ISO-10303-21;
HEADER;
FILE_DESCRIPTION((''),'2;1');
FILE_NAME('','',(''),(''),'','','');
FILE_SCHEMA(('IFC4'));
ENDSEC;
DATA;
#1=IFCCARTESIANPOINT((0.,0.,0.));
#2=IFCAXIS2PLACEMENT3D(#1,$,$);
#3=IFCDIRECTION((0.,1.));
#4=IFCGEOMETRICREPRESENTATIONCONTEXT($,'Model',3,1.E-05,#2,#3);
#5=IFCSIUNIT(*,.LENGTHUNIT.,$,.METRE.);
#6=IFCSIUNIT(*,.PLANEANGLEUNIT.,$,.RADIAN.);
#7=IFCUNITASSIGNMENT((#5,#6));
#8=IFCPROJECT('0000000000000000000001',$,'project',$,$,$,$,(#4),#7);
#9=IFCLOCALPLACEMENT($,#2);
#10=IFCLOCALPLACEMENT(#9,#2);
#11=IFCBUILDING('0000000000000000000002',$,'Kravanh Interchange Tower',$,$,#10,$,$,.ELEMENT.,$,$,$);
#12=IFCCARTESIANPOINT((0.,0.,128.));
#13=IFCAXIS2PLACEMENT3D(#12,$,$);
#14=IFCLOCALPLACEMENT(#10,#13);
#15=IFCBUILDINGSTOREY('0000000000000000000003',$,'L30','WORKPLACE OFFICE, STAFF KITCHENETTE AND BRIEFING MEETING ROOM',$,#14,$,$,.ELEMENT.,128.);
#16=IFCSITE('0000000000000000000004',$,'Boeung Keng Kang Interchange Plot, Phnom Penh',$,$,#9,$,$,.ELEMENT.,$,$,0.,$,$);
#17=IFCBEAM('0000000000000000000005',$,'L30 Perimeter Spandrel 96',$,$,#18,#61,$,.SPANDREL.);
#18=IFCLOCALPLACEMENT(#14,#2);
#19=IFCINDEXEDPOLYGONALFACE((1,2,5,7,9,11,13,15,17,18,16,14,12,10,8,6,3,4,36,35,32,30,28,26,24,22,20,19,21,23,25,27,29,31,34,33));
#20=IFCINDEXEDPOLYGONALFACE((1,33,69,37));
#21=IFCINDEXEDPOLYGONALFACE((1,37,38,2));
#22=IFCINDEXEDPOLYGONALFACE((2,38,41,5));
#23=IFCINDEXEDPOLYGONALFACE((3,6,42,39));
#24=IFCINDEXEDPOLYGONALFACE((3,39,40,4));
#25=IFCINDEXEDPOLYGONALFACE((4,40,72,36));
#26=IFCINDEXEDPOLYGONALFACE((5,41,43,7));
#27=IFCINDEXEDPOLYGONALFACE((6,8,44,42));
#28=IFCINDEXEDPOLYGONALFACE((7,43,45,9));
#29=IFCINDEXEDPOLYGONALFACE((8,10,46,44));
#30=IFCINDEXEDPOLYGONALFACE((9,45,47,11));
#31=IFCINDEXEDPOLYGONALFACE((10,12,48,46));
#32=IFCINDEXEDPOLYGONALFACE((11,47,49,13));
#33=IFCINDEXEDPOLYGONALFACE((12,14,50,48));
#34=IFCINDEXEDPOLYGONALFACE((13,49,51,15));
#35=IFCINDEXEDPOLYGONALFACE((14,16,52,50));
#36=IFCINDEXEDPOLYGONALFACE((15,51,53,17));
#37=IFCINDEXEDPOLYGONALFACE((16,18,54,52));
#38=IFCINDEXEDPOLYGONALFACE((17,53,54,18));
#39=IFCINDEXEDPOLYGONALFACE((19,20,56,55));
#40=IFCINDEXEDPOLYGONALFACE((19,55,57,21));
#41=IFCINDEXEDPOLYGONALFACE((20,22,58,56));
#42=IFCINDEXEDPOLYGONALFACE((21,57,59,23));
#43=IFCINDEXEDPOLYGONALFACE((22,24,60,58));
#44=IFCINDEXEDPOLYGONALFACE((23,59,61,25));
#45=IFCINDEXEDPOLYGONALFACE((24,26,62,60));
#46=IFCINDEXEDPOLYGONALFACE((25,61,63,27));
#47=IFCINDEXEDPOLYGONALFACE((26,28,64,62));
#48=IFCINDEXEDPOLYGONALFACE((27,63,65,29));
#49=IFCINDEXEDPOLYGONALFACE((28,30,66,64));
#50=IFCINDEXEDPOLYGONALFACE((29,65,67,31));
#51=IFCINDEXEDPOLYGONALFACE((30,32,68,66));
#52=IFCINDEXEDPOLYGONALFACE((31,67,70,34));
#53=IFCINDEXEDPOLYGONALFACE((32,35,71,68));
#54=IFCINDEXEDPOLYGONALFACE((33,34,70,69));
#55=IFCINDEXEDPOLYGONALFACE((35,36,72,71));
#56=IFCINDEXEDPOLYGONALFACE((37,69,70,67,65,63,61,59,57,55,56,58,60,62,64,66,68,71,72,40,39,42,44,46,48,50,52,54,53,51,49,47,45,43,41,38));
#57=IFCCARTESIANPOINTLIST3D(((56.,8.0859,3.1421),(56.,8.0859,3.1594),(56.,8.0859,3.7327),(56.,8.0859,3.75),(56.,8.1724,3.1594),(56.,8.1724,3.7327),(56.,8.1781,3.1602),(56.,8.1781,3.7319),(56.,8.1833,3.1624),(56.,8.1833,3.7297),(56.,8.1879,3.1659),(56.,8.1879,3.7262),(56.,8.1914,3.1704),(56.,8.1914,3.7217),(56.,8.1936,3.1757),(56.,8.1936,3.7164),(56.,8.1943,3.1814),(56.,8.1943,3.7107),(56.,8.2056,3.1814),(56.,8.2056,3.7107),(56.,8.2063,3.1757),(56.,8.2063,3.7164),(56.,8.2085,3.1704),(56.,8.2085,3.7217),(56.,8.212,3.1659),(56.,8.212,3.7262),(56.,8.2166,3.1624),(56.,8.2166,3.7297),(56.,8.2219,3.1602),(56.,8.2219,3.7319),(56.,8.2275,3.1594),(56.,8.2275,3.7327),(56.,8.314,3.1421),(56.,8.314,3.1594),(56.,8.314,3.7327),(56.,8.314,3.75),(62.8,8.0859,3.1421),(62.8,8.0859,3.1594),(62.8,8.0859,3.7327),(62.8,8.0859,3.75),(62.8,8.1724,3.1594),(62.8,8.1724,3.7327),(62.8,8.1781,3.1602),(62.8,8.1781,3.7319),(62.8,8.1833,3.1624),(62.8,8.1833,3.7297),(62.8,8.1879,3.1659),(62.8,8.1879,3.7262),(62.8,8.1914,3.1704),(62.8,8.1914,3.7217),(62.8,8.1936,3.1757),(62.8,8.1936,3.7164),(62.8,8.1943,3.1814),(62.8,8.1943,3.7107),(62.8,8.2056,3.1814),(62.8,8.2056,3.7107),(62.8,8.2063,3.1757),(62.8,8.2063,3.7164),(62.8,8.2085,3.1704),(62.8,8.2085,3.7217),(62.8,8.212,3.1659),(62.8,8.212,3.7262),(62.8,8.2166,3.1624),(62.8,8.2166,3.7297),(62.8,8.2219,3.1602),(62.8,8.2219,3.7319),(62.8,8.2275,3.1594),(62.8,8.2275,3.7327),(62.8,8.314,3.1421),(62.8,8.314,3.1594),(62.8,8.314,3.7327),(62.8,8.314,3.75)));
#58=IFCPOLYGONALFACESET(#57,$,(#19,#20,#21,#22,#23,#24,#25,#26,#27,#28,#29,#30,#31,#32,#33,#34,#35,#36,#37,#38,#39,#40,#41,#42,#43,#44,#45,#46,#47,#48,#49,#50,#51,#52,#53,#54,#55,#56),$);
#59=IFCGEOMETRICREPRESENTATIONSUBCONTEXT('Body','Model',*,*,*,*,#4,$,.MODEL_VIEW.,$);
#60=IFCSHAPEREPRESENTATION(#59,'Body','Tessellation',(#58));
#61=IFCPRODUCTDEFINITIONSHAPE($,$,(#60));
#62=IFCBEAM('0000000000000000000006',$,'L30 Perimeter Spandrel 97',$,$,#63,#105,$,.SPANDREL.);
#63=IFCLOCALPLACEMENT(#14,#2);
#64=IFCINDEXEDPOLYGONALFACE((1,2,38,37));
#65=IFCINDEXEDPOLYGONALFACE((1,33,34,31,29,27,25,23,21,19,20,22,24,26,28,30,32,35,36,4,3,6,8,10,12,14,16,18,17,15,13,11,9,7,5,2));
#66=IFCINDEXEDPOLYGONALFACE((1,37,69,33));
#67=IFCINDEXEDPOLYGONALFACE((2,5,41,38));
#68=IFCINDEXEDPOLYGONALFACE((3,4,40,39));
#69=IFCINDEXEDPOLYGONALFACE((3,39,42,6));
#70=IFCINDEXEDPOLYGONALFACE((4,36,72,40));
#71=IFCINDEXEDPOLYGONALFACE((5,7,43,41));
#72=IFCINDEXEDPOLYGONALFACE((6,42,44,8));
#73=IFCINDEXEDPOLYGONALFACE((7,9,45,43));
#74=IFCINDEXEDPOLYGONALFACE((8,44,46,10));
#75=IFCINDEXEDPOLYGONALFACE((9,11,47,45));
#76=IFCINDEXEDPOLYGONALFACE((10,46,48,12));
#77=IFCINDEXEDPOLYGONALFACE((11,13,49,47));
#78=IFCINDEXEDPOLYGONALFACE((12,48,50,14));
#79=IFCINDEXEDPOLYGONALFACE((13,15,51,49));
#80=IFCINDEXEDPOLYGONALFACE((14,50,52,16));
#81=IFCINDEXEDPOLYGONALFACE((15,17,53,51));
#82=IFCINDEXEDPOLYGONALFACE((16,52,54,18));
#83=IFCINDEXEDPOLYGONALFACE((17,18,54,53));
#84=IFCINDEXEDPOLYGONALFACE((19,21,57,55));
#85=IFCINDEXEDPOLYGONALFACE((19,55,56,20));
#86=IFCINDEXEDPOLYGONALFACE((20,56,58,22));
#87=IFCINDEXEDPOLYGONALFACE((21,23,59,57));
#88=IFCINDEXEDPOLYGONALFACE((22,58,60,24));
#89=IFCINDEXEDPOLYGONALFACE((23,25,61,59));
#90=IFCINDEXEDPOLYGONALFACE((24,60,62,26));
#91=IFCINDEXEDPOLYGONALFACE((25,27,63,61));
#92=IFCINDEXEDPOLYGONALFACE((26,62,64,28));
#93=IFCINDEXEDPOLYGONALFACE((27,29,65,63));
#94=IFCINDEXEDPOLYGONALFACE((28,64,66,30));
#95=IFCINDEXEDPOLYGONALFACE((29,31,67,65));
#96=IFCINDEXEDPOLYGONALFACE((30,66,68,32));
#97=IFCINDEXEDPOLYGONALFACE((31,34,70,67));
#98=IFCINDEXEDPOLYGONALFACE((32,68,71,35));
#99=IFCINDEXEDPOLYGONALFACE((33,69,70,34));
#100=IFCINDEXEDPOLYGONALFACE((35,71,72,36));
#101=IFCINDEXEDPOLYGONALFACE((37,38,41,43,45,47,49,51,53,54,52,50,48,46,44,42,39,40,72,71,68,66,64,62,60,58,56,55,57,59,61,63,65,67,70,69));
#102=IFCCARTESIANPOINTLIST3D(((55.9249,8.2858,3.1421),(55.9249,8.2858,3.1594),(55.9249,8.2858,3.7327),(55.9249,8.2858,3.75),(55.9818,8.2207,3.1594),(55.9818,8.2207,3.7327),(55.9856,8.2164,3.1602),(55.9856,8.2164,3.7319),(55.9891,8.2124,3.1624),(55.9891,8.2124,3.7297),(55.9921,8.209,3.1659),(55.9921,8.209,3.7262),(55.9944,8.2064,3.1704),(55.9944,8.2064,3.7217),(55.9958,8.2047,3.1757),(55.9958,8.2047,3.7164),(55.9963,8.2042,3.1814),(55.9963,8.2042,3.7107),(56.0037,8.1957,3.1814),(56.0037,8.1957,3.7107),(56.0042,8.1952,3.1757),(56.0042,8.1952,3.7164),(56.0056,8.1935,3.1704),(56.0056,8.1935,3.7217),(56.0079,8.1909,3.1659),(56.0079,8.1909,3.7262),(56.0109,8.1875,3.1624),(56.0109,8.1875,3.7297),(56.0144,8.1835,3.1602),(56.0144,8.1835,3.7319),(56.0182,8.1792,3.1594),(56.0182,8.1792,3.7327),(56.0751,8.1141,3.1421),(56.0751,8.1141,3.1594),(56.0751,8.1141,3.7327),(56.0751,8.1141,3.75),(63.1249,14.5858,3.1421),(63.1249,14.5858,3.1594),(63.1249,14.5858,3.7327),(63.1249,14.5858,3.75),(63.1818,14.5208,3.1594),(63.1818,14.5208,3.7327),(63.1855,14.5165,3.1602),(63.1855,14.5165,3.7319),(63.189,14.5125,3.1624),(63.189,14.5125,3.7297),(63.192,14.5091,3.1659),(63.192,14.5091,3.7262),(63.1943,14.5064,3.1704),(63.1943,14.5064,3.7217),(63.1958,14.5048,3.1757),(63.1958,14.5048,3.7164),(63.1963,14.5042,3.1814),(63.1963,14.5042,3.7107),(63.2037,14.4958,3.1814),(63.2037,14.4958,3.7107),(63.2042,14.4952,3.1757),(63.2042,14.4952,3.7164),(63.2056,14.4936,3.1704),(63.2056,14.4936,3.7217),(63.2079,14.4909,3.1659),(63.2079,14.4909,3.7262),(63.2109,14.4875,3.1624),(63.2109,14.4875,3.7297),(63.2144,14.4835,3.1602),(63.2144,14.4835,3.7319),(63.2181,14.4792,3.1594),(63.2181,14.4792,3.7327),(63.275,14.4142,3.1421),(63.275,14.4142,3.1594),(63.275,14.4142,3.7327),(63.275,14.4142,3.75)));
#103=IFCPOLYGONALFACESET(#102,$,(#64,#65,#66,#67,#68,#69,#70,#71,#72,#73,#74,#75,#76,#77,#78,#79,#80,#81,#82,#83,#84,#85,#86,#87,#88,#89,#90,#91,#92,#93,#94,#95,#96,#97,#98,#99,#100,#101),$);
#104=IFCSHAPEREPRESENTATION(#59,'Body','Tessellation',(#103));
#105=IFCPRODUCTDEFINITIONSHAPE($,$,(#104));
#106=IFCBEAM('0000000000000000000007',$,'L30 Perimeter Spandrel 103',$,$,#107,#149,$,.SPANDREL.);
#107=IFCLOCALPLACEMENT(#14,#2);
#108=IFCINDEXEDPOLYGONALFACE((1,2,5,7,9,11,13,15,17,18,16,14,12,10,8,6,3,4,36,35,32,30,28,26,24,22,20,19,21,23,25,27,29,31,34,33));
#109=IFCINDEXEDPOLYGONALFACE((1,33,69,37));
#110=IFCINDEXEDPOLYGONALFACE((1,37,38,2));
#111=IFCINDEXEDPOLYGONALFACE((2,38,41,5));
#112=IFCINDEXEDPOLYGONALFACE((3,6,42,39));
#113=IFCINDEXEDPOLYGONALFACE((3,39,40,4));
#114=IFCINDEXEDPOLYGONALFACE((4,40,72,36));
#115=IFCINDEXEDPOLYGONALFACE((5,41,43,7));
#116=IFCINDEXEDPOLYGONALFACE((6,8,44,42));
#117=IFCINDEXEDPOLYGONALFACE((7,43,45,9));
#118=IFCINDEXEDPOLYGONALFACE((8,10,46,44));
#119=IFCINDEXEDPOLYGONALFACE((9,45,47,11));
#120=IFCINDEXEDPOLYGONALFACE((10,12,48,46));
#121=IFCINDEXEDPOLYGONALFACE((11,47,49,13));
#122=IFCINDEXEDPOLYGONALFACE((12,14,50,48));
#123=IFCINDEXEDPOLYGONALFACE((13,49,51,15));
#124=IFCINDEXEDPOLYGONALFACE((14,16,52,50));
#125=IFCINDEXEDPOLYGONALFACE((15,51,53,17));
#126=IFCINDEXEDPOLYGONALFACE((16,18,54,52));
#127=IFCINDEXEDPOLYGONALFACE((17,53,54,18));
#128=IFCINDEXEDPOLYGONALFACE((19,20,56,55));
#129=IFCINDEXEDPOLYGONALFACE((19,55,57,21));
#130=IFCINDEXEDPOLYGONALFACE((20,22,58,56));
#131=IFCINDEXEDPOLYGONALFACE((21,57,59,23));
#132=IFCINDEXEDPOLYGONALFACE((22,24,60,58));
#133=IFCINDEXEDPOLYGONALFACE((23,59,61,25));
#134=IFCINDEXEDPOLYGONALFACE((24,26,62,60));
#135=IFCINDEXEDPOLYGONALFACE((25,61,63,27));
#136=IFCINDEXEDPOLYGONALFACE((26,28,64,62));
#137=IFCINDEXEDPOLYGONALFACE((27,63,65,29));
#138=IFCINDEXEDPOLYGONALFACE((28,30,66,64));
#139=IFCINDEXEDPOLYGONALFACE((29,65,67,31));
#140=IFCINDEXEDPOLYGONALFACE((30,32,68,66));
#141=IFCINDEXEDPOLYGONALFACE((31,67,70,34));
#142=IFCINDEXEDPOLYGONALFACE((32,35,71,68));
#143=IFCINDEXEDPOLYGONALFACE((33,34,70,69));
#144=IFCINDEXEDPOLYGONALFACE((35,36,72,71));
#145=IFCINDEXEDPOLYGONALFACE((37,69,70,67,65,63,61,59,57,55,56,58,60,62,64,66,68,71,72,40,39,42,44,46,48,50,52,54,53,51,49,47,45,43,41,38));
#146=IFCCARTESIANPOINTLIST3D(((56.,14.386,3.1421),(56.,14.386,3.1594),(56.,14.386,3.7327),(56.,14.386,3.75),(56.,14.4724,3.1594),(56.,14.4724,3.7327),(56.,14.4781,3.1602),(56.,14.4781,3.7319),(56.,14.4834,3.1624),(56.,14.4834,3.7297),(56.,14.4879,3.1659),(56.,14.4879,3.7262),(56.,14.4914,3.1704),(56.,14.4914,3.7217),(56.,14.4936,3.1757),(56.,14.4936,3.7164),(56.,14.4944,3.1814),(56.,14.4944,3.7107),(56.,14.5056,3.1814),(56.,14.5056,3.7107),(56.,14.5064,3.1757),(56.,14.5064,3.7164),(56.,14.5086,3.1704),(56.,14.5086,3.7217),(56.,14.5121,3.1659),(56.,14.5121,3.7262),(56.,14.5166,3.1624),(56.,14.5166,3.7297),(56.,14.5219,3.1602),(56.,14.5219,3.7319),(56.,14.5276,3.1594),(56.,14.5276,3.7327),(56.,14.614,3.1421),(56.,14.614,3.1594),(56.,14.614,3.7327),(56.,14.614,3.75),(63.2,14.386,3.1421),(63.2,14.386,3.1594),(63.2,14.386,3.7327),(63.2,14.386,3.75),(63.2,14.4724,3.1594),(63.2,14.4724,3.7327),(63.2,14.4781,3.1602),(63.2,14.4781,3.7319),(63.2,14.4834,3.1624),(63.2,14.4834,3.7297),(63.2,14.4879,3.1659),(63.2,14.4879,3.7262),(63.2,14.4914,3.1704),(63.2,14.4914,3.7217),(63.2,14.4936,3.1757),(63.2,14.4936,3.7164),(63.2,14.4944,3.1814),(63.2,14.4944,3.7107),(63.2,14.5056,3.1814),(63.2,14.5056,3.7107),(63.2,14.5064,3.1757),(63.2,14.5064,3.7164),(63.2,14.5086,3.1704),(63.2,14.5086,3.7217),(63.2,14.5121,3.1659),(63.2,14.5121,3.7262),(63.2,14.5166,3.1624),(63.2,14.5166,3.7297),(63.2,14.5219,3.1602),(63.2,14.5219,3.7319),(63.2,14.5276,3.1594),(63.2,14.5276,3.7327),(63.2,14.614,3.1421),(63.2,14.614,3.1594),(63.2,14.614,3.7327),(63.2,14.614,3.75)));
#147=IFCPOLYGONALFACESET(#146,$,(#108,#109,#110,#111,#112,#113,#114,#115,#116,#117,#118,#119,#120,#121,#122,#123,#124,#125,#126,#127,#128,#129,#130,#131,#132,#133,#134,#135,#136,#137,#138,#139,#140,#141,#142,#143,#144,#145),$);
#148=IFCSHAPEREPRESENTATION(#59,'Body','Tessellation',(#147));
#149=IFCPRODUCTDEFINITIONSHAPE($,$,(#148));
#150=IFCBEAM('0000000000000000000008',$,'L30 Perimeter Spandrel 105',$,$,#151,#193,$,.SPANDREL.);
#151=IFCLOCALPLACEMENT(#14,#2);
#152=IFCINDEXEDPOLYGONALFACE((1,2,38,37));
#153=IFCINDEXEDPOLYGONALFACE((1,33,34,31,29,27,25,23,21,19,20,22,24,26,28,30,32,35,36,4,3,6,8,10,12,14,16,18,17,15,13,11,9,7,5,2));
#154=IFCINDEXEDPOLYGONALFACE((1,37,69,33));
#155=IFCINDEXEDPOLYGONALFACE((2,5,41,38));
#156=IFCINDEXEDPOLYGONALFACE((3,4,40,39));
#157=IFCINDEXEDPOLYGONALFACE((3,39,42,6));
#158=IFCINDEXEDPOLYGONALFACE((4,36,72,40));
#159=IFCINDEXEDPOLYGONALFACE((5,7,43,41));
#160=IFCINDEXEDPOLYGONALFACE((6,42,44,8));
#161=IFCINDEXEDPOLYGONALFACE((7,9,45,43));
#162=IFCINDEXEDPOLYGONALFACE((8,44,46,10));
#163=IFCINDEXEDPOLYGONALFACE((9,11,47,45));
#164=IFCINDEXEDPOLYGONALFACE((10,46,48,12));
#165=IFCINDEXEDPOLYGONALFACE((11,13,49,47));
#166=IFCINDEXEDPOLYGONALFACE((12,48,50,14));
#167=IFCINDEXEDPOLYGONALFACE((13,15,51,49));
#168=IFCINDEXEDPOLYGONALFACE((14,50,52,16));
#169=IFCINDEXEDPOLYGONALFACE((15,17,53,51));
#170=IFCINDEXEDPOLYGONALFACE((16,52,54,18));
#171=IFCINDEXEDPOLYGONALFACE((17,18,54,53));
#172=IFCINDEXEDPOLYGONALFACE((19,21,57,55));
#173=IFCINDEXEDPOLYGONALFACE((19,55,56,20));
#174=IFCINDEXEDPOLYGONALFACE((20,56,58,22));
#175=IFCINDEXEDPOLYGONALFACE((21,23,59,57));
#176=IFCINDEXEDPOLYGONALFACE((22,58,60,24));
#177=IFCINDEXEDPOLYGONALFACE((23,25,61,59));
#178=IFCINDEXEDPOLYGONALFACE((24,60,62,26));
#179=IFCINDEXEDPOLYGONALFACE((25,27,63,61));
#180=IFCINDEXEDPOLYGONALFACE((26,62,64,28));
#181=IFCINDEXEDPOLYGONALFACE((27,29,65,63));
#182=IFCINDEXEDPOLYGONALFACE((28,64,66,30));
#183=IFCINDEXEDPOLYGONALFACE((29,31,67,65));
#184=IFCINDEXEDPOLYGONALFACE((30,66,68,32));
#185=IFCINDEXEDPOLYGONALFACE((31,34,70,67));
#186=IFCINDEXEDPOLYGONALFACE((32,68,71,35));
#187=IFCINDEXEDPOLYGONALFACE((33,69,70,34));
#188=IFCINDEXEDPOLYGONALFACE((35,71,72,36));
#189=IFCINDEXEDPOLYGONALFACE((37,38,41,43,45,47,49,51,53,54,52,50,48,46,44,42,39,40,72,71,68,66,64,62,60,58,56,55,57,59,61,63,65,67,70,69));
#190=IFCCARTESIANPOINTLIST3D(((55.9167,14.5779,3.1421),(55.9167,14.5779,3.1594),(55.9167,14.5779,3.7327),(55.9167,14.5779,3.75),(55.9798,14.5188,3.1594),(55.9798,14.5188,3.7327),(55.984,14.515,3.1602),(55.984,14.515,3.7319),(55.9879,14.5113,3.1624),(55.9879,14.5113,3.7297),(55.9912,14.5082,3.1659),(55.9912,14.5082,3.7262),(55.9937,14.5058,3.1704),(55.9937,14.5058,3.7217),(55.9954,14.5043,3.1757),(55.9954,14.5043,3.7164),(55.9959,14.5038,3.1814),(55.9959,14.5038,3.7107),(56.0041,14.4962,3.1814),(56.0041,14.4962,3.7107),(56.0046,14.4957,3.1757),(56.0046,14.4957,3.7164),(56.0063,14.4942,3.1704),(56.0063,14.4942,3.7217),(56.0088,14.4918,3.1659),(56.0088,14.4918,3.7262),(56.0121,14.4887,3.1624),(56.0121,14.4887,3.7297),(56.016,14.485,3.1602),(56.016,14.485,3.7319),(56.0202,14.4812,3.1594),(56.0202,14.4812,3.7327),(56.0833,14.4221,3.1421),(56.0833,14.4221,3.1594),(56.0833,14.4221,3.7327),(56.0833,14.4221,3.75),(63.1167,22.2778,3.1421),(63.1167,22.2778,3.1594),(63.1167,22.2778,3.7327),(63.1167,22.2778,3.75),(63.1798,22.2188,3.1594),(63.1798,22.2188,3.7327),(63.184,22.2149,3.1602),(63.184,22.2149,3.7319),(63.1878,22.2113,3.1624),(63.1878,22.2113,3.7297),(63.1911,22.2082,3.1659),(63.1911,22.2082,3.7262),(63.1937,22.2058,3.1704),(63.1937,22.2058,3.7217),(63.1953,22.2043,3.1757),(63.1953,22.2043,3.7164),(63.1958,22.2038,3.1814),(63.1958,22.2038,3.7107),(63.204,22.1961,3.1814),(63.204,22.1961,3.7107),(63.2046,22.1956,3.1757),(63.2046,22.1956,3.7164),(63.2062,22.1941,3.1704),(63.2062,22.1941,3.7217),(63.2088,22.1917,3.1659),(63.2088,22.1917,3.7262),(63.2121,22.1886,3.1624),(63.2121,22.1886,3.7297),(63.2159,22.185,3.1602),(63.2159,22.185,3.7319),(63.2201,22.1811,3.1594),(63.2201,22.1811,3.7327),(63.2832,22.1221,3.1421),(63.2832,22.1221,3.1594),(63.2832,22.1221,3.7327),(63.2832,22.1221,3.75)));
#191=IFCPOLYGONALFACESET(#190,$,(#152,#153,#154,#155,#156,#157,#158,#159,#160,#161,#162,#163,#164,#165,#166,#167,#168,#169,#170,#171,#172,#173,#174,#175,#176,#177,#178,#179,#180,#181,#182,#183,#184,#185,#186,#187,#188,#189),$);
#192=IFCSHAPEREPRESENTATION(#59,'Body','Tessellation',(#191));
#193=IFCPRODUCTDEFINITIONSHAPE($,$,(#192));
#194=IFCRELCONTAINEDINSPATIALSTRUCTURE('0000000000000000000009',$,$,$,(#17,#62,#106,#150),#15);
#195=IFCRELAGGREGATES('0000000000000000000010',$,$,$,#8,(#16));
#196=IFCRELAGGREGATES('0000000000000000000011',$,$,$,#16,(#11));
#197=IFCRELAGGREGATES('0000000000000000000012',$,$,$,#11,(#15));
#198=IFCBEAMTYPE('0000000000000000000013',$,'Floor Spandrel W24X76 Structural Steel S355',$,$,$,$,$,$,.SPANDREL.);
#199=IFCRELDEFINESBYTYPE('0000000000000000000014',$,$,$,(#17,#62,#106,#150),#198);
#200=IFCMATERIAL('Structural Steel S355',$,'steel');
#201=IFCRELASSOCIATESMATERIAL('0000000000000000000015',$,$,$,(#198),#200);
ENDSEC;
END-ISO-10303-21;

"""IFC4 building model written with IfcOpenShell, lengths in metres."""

from ifc_helpers import new_model, si_unit, direction, frame, origin, origin_2d, place, context, subcontext, project, spatial, i_section, extrude, material, material_profile, profile_set, type_object, element, save


model = new_model("IFC4")

# Units and contexts
model_context = context("Model", 3, precision=1e-05, world=origin(), true_north=direction((0.0, 1.0)))
body_context = subcontext(model_context, "Body", "Model", "MODEL_VIEW")
ifc_project = project(units=[si_unit("LENGTHUNIT", "METRE"), si_unit("PLANEANGLEUNIT", "RADIAN")], contexts=[model_context])

# Site, building, storey
site_placement = place(None, origin())
site = spatial("IfcSite", under=ifc_project, at=site_placement, Name="Boeung Keng Kang Interchange Plot, Phnom Penh", CompositionType="ELEMENT", RefElevation=0.0)
building_placement = place(site_placement, origin())
building = spatial("IfcBuilding", under=site, at=building_placement, Name="Kravanh Interchange Tower", CompositionType="ELEMENT")
storey_placement = place(building_placement, frame((0.0, 0.0, 128.0)))
storey = spatial("IfcBuildingStorey", under=building, at=storey_placement, Name="L30", Description="WORKPLACE OFFICE, STAFF KITCHENETTE AND BRIEFING MEETING ROOM", CompositionType="ELEMENT", Elevation=128.0)

# Beams
ifc_material_1 = material(Name="Structural Steel S355", Category="steel")
ifc_material_profile_1 = material_profile(ifc_material_1, i_section(OverallWidth=0.228, OverallDepth=0.6079, WebThickness=0.0112, FlangeThickness=0.0173, FilletRadius=0.022, at=origin_2d()), Name="W24X76")
ifc_profile_set_1 = profile_set([ifc_material_profile_1], Name="Structural Steel S355")
beam_type_1 = type_object("IfcBeamType", Name="Floor Spandrel W24X76 Structural Steel S355", PredefinedType="SPANDREL", material=ifc_profile_set_1)
beam_1_placement = place(storey_placement, frame((56.0, 8.2, 3.446), z_axis=(1.0, 0.0, 0.0), x_axis=(0.0, 1.0, 0.0)))
element("IfcBeam", 1, at=beam_1_placement, inside=storey, type_object=beam_type_1, Name="L30 Perimeter Spandrel 96", PredefinedType="SPANDREL", context=body_context, shape_type="SweptSolid", body=[
    extrude(i_section(OverallWidth=0.228, OverallDepth=0.6079, WebThickness=0.0112, FlangeThickness=0.0173, FilletRadius=0.022, at=origin_2d()), origin(), (0.0, 0.0, 1.0), 6.8),
])
beam_2_placement = place(storey_placement, frame((56.0, 8.2, 3.446), z_axis=(0.752572, 0.65851, 0.0), x_axis=(-0.65851, 0.752572, 0.0)))
element("IfcBeam", 2, at=beam_2_placement, inside=storey, type_object=beam_type_1, Name="L30 Perimeter Spandrel 97", PredefinedType="SPANDREL", context=body_context, shape_type="SweptSolid", body=[
    extrude(i_section(OverallWidth=0.228, OverallDepth=0.6079, WebThickness=0.0112, FlangeThickness=0.0173, FilletRadius=0.022, at=origin_2d()), origin(), (0.0, 0.0, 1.0), 9.5671),
])
beam_3_placement = place(storey_placement, frame((56.0, 14.5, 3.446), z_axis=(1.0, 0.0, 0.0), x_axis=(0.0, 1.0, 0.0)))
element("IfcBeam", 3, at=beam_3_placement, inside=storey, type_object=beam_type_1, Name="L30 Perimeter Spandrel 103", PredefinedType="SPANDREL", context=body_context, shape_type="SweptSolid", body=[
    extrude(i_section(OverallWidth=0.228, OverallDepth=0.6079, WebThickness=0.0112, FlangeThickness=0.0173, FilletRadius=0.022, at=origin_2d()), origin(), (0.0, 0.0, 1.0), 7.2),
])
beam_4_placement = place(storey_placement, frame((56.0, 14.5, 3.446), z_axis=(0.682994, 0.730424, 0.0), x_axis=(-0.730424, 0.682994, 0.0)))
element("IfcBeam", 4, at=beam_4_placement, inside=storey, type_object=beam_type_1, Name="L30 Perimeter Spandrel 105", PredefinedType="SPANDREL", context=body_context, shape_type="SweptSolid", body=[
    extrude(i_section(OverallWidth=0.228, OverallDepth=0.6079, WebThickness=0.0112, FlangeThickness=0.0173, FilletRadius=0.022, at=origin_2d()), origin(), (0.0, 0.0, 1.0), 10.5417),
])

save(model, "model.ifc")
